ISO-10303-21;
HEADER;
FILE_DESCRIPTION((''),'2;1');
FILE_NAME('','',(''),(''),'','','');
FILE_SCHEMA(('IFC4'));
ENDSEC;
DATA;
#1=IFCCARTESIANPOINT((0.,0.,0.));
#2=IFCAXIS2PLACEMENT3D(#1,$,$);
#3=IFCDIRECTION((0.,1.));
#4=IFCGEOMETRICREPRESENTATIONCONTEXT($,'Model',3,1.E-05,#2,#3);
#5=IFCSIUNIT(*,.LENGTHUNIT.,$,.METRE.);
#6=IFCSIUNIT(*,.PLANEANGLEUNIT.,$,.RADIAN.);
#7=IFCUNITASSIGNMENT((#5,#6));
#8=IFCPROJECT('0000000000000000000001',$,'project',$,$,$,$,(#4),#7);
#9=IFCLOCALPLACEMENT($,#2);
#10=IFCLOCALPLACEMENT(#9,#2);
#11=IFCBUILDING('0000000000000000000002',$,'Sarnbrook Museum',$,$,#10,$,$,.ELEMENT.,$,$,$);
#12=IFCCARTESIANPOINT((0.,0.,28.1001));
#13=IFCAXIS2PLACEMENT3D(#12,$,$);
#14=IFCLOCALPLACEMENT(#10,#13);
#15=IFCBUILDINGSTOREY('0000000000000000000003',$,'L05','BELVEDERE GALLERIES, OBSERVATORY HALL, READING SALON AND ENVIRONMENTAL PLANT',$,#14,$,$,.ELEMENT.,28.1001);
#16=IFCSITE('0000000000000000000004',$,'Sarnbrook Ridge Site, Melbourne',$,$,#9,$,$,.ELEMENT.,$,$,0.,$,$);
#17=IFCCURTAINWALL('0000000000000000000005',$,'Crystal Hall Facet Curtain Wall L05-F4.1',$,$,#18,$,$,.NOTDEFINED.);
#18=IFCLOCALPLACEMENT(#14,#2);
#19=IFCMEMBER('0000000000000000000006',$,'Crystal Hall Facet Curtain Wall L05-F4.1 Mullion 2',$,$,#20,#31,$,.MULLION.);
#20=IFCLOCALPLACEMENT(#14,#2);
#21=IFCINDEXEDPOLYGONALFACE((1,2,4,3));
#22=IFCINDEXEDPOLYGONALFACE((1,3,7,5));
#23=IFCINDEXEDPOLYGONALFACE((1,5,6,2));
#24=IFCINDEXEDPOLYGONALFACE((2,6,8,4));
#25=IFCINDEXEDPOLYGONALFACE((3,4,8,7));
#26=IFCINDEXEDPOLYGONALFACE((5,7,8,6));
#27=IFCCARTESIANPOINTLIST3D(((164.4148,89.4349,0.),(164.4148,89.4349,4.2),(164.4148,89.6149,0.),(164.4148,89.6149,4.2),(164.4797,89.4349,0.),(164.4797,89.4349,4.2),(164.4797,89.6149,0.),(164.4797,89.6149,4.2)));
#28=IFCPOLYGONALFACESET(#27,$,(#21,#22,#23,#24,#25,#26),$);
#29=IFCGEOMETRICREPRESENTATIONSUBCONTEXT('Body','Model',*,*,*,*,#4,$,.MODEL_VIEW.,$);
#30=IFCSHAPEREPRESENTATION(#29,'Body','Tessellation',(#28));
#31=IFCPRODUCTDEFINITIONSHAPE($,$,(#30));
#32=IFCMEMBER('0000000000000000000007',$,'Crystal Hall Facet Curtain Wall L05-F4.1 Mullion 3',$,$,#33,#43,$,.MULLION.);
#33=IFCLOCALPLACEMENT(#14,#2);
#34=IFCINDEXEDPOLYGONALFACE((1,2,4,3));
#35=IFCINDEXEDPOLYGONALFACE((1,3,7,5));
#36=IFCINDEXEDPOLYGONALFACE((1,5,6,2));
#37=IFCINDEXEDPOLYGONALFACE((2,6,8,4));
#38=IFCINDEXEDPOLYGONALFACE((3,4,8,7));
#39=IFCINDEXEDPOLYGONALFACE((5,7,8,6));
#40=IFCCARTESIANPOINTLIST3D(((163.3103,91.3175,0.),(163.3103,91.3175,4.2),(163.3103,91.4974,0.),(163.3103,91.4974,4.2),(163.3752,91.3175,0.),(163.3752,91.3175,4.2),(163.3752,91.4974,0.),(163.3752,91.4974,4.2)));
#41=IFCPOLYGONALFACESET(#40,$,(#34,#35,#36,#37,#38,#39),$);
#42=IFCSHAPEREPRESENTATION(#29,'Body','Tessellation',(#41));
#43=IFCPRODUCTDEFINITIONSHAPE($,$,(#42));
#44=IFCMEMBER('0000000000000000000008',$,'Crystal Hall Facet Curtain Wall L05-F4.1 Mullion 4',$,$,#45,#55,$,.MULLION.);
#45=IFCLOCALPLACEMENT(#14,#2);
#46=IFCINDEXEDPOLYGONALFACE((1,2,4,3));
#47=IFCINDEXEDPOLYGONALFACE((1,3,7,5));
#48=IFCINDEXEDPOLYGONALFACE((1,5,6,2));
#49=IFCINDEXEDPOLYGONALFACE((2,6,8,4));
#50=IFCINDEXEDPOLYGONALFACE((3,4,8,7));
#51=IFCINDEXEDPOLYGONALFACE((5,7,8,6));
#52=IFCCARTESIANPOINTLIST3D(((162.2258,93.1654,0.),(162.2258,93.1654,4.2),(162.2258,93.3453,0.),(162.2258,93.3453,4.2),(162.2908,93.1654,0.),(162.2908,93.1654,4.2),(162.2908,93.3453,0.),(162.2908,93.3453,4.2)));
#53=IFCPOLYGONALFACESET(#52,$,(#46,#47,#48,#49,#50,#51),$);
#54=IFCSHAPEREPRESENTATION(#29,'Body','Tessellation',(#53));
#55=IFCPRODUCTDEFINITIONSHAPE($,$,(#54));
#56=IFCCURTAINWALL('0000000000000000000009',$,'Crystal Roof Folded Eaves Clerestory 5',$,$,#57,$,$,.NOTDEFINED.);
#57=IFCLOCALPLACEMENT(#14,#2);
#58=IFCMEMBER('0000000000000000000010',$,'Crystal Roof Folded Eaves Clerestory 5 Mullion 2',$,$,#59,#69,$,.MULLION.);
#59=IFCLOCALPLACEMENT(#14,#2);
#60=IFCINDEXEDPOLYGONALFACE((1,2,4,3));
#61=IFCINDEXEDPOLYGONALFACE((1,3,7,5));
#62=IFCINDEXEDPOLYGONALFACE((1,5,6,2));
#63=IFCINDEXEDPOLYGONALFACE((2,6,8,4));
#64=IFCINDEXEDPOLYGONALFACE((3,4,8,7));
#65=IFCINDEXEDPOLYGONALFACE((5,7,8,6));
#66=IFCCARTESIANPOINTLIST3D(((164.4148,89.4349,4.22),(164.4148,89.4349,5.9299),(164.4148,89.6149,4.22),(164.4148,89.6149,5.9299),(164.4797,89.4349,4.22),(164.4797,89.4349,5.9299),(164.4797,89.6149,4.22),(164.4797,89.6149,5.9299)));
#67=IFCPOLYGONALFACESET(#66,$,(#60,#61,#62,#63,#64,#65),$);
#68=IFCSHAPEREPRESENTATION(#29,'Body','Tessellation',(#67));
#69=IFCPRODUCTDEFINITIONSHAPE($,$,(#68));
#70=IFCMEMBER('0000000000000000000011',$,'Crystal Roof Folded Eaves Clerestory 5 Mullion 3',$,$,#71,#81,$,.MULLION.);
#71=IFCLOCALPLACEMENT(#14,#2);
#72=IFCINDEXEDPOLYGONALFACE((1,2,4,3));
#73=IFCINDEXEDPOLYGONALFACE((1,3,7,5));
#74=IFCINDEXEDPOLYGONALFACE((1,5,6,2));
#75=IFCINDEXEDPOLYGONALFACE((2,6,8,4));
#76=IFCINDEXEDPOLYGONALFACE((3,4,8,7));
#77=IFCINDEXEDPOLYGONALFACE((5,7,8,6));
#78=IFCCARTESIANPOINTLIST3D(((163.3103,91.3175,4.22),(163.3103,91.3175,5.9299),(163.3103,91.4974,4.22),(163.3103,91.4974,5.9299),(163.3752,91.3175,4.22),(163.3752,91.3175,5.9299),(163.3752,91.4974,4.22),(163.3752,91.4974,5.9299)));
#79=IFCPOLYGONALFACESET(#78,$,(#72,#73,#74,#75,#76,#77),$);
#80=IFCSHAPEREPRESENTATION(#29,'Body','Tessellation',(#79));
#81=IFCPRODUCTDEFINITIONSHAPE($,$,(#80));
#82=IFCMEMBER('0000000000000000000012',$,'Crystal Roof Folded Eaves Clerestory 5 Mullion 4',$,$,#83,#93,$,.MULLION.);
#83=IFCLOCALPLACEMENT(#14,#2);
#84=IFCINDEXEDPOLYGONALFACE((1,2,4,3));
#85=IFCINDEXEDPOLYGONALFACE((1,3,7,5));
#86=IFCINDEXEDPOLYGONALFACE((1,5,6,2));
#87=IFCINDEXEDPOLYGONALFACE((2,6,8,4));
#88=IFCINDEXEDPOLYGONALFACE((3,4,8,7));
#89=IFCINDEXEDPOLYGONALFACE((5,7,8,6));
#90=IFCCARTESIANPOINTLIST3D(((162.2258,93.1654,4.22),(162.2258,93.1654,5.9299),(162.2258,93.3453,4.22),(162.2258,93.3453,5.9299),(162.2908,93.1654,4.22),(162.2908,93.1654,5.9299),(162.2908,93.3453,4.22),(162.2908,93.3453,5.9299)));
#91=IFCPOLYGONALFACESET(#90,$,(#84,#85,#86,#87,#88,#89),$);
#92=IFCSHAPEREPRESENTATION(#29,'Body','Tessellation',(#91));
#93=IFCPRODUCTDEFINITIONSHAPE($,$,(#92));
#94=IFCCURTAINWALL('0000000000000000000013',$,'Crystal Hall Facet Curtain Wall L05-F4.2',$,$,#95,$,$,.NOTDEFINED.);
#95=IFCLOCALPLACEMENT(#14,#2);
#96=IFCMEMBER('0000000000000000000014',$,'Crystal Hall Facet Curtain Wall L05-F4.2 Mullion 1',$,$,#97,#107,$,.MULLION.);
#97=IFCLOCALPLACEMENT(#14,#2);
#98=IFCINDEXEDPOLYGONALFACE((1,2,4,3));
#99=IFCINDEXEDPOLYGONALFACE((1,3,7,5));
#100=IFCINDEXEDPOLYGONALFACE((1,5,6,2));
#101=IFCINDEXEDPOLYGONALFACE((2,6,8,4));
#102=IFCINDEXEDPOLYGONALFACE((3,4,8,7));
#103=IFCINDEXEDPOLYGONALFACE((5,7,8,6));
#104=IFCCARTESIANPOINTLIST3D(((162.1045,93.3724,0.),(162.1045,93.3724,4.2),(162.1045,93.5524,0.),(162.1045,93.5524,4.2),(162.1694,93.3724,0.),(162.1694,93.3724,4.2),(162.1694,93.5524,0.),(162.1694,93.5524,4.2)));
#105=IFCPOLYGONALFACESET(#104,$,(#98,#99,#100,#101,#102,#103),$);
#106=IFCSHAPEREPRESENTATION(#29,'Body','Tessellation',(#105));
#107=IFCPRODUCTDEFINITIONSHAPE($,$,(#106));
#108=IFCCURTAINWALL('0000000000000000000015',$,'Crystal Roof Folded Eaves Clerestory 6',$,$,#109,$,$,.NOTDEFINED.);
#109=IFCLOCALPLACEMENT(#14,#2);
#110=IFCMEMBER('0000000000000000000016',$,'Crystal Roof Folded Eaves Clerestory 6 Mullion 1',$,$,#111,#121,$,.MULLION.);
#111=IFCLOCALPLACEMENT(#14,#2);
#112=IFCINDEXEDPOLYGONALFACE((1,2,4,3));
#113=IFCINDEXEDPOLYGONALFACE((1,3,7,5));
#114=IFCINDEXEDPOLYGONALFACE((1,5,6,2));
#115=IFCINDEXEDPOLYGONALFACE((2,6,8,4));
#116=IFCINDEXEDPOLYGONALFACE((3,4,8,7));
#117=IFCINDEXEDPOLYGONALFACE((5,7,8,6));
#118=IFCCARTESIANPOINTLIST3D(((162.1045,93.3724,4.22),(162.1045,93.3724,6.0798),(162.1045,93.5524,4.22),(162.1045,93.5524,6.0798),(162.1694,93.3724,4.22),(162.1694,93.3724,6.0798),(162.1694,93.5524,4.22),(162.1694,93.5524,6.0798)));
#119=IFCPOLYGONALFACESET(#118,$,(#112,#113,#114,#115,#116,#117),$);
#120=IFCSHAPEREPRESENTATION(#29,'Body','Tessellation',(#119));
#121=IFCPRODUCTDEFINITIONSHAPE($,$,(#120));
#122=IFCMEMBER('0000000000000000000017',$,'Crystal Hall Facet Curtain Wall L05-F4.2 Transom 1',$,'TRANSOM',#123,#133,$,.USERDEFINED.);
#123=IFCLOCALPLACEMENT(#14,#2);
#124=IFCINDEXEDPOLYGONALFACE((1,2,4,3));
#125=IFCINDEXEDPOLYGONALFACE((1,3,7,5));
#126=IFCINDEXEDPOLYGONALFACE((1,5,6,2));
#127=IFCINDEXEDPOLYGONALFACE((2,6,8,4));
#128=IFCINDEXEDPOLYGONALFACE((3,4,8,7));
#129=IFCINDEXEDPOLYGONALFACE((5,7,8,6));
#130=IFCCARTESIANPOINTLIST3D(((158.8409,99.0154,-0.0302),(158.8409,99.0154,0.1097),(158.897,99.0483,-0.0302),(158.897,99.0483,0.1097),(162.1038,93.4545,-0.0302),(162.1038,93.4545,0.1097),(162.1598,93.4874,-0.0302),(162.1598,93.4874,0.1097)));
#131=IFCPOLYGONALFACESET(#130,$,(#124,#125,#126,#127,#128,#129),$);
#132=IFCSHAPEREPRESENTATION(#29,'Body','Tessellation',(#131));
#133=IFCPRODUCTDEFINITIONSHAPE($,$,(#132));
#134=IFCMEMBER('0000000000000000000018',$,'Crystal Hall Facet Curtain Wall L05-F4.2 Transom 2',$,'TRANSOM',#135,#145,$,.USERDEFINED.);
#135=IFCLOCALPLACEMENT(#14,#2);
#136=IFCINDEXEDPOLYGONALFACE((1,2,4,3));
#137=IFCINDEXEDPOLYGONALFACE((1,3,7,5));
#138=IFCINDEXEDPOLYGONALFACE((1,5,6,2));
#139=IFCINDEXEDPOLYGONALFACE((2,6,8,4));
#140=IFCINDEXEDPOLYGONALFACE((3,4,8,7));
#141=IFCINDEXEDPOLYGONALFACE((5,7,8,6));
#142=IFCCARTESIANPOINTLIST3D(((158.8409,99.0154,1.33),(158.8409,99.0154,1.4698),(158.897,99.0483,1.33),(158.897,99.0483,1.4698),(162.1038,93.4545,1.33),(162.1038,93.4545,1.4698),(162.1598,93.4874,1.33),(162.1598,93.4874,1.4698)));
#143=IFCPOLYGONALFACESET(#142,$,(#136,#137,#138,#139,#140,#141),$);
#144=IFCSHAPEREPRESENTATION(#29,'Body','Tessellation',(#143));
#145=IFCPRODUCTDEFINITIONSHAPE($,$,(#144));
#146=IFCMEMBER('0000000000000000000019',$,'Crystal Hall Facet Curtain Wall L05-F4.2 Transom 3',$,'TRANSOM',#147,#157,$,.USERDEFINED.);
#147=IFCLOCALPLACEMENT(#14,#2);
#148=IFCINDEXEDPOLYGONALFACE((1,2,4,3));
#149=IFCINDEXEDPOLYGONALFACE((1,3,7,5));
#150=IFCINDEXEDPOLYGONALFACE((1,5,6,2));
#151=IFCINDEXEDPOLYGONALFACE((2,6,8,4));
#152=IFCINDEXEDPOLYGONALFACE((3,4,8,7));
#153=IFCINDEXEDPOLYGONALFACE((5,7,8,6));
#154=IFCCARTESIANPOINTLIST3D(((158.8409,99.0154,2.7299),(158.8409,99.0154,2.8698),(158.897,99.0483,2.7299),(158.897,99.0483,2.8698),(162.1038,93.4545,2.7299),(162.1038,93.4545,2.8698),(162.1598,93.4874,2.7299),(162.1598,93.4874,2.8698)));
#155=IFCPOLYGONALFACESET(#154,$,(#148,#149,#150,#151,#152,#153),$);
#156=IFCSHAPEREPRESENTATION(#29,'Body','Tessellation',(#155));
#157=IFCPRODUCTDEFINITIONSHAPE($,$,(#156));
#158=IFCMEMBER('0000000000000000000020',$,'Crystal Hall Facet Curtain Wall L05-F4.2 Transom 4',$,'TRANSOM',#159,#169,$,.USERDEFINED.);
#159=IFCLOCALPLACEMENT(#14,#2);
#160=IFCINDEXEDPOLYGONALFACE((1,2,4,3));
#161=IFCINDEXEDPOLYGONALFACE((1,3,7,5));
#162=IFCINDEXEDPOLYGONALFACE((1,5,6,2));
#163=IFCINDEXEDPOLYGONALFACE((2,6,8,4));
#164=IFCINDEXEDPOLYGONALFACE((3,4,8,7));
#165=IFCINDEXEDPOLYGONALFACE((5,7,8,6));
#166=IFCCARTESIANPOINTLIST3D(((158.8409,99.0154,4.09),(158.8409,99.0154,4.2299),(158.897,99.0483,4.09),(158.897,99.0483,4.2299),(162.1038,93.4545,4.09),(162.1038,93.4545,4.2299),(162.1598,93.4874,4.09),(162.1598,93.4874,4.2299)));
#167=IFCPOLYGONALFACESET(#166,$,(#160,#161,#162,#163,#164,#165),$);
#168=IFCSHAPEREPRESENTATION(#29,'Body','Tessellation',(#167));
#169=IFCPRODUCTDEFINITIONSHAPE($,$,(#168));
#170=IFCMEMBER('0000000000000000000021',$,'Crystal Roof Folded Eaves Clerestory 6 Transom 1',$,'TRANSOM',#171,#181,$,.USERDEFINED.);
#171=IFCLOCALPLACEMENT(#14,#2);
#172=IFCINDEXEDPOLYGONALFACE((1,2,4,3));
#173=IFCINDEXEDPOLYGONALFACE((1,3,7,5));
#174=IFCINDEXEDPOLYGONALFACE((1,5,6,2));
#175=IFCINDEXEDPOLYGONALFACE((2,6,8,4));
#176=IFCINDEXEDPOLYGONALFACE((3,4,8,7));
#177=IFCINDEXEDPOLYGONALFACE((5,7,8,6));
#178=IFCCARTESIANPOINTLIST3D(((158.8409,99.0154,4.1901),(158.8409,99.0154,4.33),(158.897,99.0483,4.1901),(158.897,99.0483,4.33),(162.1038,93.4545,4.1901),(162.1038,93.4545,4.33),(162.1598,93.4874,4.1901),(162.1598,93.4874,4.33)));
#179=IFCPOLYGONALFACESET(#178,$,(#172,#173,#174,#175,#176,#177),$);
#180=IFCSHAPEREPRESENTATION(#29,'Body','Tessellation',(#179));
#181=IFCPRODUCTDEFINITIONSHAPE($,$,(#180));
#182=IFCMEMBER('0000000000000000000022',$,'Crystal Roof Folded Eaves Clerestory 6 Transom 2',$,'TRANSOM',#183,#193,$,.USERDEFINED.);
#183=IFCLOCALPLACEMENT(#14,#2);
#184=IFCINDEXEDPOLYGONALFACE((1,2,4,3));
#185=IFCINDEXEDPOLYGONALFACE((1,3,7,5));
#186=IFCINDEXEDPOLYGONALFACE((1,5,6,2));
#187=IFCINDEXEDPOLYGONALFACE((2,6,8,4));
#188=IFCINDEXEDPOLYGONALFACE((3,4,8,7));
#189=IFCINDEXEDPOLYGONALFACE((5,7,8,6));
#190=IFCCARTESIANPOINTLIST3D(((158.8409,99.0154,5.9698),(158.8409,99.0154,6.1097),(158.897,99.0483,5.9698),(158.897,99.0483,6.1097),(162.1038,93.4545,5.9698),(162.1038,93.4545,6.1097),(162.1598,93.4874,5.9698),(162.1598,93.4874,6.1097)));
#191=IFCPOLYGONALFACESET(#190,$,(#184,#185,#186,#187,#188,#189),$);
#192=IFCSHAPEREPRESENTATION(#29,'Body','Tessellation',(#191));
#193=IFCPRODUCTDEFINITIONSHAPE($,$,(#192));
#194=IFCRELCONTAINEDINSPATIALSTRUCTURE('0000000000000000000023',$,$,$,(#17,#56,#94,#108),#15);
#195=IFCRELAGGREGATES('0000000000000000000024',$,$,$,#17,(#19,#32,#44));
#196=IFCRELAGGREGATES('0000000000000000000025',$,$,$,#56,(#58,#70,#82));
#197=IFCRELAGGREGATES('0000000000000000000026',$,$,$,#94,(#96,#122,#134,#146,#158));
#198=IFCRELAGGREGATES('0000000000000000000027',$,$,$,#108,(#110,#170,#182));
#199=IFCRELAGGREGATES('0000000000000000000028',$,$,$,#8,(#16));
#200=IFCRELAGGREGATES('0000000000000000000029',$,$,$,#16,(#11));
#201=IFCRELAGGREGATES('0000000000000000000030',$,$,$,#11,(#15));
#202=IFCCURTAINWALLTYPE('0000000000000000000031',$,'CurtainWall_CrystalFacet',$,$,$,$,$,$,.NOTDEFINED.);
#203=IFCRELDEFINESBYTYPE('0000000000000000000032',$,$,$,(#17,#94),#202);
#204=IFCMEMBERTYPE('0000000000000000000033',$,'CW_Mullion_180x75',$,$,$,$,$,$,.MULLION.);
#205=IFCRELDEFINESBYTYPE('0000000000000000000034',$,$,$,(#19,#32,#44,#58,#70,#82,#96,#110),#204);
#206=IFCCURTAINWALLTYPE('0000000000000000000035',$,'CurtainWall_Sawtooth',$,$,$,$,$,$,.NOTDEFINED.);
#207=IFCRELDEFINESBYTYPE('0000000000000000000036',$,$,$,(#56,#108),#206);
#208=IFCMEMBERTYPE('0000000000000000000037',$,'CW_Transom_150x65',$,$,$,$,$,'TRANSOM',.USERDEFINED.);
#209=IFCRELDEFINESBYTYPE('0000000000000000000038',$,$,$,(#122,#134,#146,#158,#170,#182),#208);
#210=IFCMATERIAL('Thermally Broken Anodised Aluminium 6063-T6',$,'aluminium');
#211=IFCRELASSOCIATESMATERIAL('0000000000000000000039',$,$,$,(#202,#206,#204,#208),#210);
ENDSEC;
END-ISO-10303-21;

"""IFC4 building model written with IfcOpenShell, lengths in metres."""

from ifc_helpers import new_model, si_unit, direction, frame, origin, origin_2d, place, context, subcontext, project, spatial, rectangle, extrude, material, material_profile, profile_set, type_object, element, aggregate, save


model = new_model("IFC4")

# Units and contexts
model_context = context("Model", 3, precision=1e-05, world=origin(), true_north=direction((0.0, 1.0)))
body_context = subcontext(model_context, "Body", "Model", "MODEL_VIEW")
ifc_project = project(units=[si_unit("LENGTHUNIT", "METRE"), si_unit("PLANEANGLEUNIT", "RADIAN")], contexts=[model_context])

# Site, building, storey
site_placement = place(None, origin())
site = spatial("IfcSite", under=ifc_project, at=site_placement, Name="Sarnbrook Ridge Site, Melbourne", CompositionType="ELEMENT", RefElevation=0.0)
building_placement = place(site_placement, origin())
building = spatial("IfcBuilding", under=site, at=building_placement, Name="Sarnbrook Museum", CompositionType="ELEMENT")
storey_placement = place(building_placement, frame((0.0, 0.0, 28.1001)))
storey = spatial("IfcBuildingStorey", under=building, at=storey_placement, Name="L05", Description="BELVEDERE GALLERIES, OBSERVATORY HALL, READING SALON AND ENVIRONMENTAL PLANT", CompositionType="ELEMENT", Elevation=28.1001)

# Curtain walls, members
ifc_material_1 = material(Name="Thermally Broken Anodised Aluminium 6063-T6", Category="aluminium")
curtain_wall_type_1 = type_object("IfcCurtainWallType", Name="CurtainWall_CrystalFacet", PredefinedType="NOTDEFINED", material=ifc_material_1)
curtain_wall_1_placement = place(storey_placement, origin())
curtain_wall_1 = element("IfcCurtainWall", 1, at=curtain_wall_1_placement, inside=storey, type_object=curtain_wall_type_1, Name="Crystal Hall Facet Curtain Wall L05-F4.1", PredefinedType="NOTDEFINED")
ifc_material_profile_1 = material_profile(ifc_material_1, rectangle(XDim=0.0649, YDim=0.1799, at=origin_2d()), Name="ALU MULLION 65x180")
ifc_profile_set_1 = profile_set([ifc_material_profile_1], Name="Thermally Broken Anodised Aluminium 6063-T6")
member_type_1 = type_object("IfcMemberType", Name="CW_Mullion_180x75", PredefinedType="MULLION", material=ifc_profile_set_1)
member_1_placement = place(storey_placement, frame((164.4473, 89.5249, 0.0), z_axis=(0.0, 0.0, 1.0), x_axis=(1.0, 0.0, 0.0)))
member_1 = element("IfcMember", 2, at=member_1_placement, type_object=member_type_1, Name="Crystal Hall Facet Curtain Wall L05-F4.1 Mullion 2", PredefinedType="MULLION", context=body_context, shape_type="SweptSolid", body=[
    extrude(rectangle(XDim=0.0649, YDim=0.1799, at=origin_2d()), origin(), (0.0, 0.0, 1.0), 4.2),
])
member_2_placement = place(storey_placement, frame((163.3428, 91.4075, 0.0), z_axis=(0.0, 0.0, 1.0), x_axis=(1.0, 0.0, 0.0)))
member_2 = element("IfcMember", 3, at=member_2_placement, type_object=member_type_1, Name="Crystal Hall Facet Curtain Wall L05-F4.1 Mullion 3", PredefinedType="MULLION", context=body_context, shape_type="SweptSolid", body=[
    extrude(rectangle(XDim=0.0649, YDim=0.1799, at=origin_2d()), origin(), (0.0, 0.0, 1.0), 4.2),
])
member_3_placement = place(storey_placement, frame((162.2583, 93.2554, 0.0), z_axis=(0.0, 0.0, 1.0), x_axis=(1.0, 0.0, 0.0)))
member_3 = element("IfcMember", 4, at=member_3_placement, type_object=member_type_1, Name="Crystal Hall Facet Curtain Wall L05-F4.1 Mullion 4", PredefinedType="MULLION", context=body_context, shape_type="SweptSolid", body=[
    extrude(rectangle(XDim=0.0649, YDim=0.1799, at=origin_2d()), origin(), (0.0, 0.0, 1.0), 4.2),
])
curtain_wall_type_2 = type_object("IfcCurtainWallType", Name="CurtainWall_Sawtooth", PredefinedType="NOTDEFINED", material=ifc_material_1)
curtain_wall_2_placement = place(storey_placement, origin())
curtain_wall_2 = element("IfcCurtainWall", 5, at=curtain_wall_2_placement, inside=storey, type_object=curtain_wall_type_2, Name="Crystal Roof Folded Eaves Clerestory 5", PredefinedType="NOTDEFINED")
member_4_placement = place(storey_placement, frame((164.4473, 89.5249, 4.22), z_axis=(0.0, 0.0, 1.0), x_axis=(1.0, 0.0, 0.0)))
member_4 = element("IfcMember", 6, at=member_4_placement, type_object=member_type_1, Name="Crystal Roof Folded Eaves Clerestory 5 Mullion 2", PredefinedType="MULLION", context=body_context, shape_type="SweptSolid", body=[
    extrude(rectangle(XDim=0.0649, YDim=0.1799, at=origin_2d()), origin(), (0.0, 0.0, 1.0), 1.71),
])
member_5_placement = place(storey_placement, frame((163.3428, 91.4075, 4.22), z_axis=(0.0, 0.0, 1.0), x_axis=(1.0, 0.0, 0.0)))
member_5 = element("IfcMember", 7, at=member_5_placement, type_object=member_type_1, Name="Crystal Roof Folded Eaves Clerestory 5 Mullion 3", PredefinedType="MULLION", context=body_context, shape_type="SweptSolid", body=[
    extrude(rectangle(XDim=0.0649, YDim=0.1799, at=origin_2d()), origin(), (0.0, 0.0, 1.0), 1.71),
])
member_6_placement = place(storey_placement, frame((162.2583, 93.2554, 4.22), z_axis=(0.0, 0.0, 1.0), x_axis=(1.0, 0.0, 0.0)))
member_6 = element("IfcMember", 8, at=member_6_placement, type_object=member_type_1, Name="Crystal Roof Folded Eaves Clerestory 5 Mullion 4", PredefinedType="MULLION", context=body_context, shape_type="SweptSolid", body=[
    extrude(rectangle(XDim=0.0649, YDim=0.1799, at=origin_2d()), origin(), (0.0, 0.0, 1.0), 1.71),
])

# Curtain walls, members
curtain_wall_3_placement = place(storey_placement, origin())
curtain_wall_3 = element("IfcCurtainWall", 9, at=curtain_wall_3_placement, inside=storey, type_object=curtain_wall_type_1, Name="Crystal Hall Facet Curtain Wall L05-F4.2", PredefinedType="NOTDEFINED")
member_7_placement = place(storey_placement, frame((162.137, 93.4624, 0.0), z_axis=(0.0, 0.0, 1.0), x_axis=(1.0, 0.0, 0.0)))
member_7 = element("IfcMember", 10, at=member_7_placement, type_object=member_type_1, Name="Crystal Hall Facet Curtain Wall L05-F4.2 Mullion 1", PredefinedType="MULLION", context=body_context, shape_type="SweptSolid", body=[
    extrude(rectangle(XDim=0.0649, YDim=0.1799, at=origin_2d()), origin(), (0.0, 0.0, 1.0), 4.2),
])
curtain_wall_4_placement = place(storey_placement, origin())
curtain_wall_4 = element("IfcCurtainWall", 11, at=curtain_wall_4_placement, inside=storey, type_object=curtain_wall_type_2, Name="Crystal Roof Folded Eaves Clerestory 6", PredefinedType="NOTDEFINED")
member_8_placement = place(storey_placement, frame((162.137, 93.4624, 4.22), z_axis=(0.0, 0.0, 1.0), x_axis=(1.0, 0.0, 0.0)))
member_8 = element("IfcMember", 12, at=member_8_placement, type_object=member_type_1, Name="Crystal Roof Folded Eaves Clerestory 6 Mullion 1", PredefinedType="MULLION", context=body_context, shape_type="SweptSolid", body=[
    extrude(rectangle(XDim=0.0649, YDim=0.1799, at=origin_2d()), origin(), (0.0, 0.0, 1.0), 1.8599),
])

# Members
ifc_material_profile_2 = material_profile(ifc_material_1, rectangle(XDim=0.0649, YDim=0.1399, at=origin_2d()), Name="ALU TRANSOM 65x140")
ifc_profile_set_2 = profile_set([ifc_material_profile_2], Name="Thermally Broken Anodised Aluminium 6063-T6")
member_type_2 = type_object("IfcMemberType", Name="CW_Transom_150x65", ElementType="TRANSOM", PredefinedType="USERDEFINED", material=ifc_profile_set_2)
member_9_placement = place(storey_placement, frame((162.1318, 93.4709, 0.0398), z_axis=(-0.506068, 0.862493, 0.0), x_axis=(-0.862493, -0.506068, 0.0)))
member_9 = element("IfcMember", 13, at=member_9_placement, type_object=member_type_2, Name="Crystal Hall Facet Curtain Wall L05-F4.2 Transom 1", ObjectType="TRANSOM", PredefinedType="USERDEFINED", context=body_context, shape_type="SweptSolid", body=[
    extrude(rectangle(XDim=0.0649, YDim=0.1399, at=origin_2d()), origin(), (0.0, 0.0, 1.0), 6.4475),
])
member_10_placement = place(storey_placement, frame((162.1318, 93.4709, 1.3999), z_axis=(-0.506068, 0.862493, 0.0), x_axis=(-0.862493, -0.506068, 0.0)))
member_10 = element("IfcMember", 14, at=member_10_placement, type_object=member_type_2, Name="Crystal Hall Facet Curtain Wall L05-F4.2 Transom 2", ObjectType="TRANSOM", PredefinedType="USERDEFINED", context=body_context, shape_type="SweptSolid", body=[
    extrude(rectangle(XDim=0.0649, YDim=0.1399, at=origin_2d()), origin(), (0.0, 0.0, 1.0), 6.4475),
])
member_11_placement = place(storey_placement, frame((162.1318, 93.4709, 2.7998), z_axis=(-0.506068, 0.862493, 0.0), x_axis=(-0.862493, -0.506068, 0.0)))
member_11 = element("IfcMember", 15, at=member_11_placement, type_object=member_type_2, Name="Crystal Hall Facet Curtain Wall L05-F4.2 Transom 3", ObjectType="TRANSOM", PredefinedType="USERDEFINED", context=body_context, shape_type="SweptSolid", body=[
    extrude(rectangle(XDim=0.0649, YDim=0.1399, at=origin_2d()), origin(), (0.0, 0.0, 1.0), 6.4475),
])
member_12_placement = place(storey_placement, frame((162.1318, 93.4709, 4.1599), z_axis=(-0.506068, 0.862493, 0.0), x_axis=(-0.862493, -0.506068, 0.0)))
member_12 = element("IfcMember", 16, at=member_12_placement, type_object=member_type_2, Name="Crystal Hall Facet Curtain Wall L05-F4.2 Transom 4", ObjectType="TRANSOM", PredefinedType="USERDEFINED", context=body_context, shape_type="SweptSolid", body=[
    extrude(rectangle(XDim=0.0649, YDim=0.1399, at=origin_2d()), origin(), (0.0, 0.0, 1.0), 6.4475),
])
member_13_placement = place(storey_placement, frame((162.1318, 93.4709, 4.26), z_axis=(-0.506068, 0.862493, 0.0), x_axis=(-0.862493, -0.506068, 0.0)))
member_13 = element("IfcMember", 17, at=member_13_placement, type_object=member_type_2, Name="Crystal Roof Folded Eaves Clerestory 6 Transom 1", ObjectType="TRANSOM", PredefinedType="USERDEFINED", context=body_context, shape_type="SweptSolid", body=[
    extrude(rectangle(XDim=0.0649, YDim=0.1399, at=origin_2d()), origin(), (0.0, 0.0, 1.0), 6.4475),
])
member_14_placement = place(storey_placement, frame((162.1318, 93.4709, 6.0398), z_axis=(-0.506068, 0.862493, 0.0), x_axis=(-0.862493, -0.506068, 0.0)))
member_14 = element("IfcMember", 18, at=member_14_placement, type_object=member_type_2, Name="Crystal Roof Folded Eaves Clerestory 6 Transom 2", ObjectType="TRANSOM", PredefinedType="USERDEFINED", context=body_context, shape_type="SweptSolid", body=[
    extrude(rectangle(XDim=0.0649, YDim=0.1399, at=origin_2d()), origin(), (0.0, 0.0, 1.0), 6.4475),
])

aggregate(curtain_wall_1, [member_1, member_2, member_3])
aggregate(curtain_wall_2, [member_4, member_5, member_6])
aggregate(curtain_wall_3, [member_7, member_9, member_10, member_11, member_12])
aggregate(curtain_wall_4, [member_8, member_13, member_14])

save(model, "model.ifc")
